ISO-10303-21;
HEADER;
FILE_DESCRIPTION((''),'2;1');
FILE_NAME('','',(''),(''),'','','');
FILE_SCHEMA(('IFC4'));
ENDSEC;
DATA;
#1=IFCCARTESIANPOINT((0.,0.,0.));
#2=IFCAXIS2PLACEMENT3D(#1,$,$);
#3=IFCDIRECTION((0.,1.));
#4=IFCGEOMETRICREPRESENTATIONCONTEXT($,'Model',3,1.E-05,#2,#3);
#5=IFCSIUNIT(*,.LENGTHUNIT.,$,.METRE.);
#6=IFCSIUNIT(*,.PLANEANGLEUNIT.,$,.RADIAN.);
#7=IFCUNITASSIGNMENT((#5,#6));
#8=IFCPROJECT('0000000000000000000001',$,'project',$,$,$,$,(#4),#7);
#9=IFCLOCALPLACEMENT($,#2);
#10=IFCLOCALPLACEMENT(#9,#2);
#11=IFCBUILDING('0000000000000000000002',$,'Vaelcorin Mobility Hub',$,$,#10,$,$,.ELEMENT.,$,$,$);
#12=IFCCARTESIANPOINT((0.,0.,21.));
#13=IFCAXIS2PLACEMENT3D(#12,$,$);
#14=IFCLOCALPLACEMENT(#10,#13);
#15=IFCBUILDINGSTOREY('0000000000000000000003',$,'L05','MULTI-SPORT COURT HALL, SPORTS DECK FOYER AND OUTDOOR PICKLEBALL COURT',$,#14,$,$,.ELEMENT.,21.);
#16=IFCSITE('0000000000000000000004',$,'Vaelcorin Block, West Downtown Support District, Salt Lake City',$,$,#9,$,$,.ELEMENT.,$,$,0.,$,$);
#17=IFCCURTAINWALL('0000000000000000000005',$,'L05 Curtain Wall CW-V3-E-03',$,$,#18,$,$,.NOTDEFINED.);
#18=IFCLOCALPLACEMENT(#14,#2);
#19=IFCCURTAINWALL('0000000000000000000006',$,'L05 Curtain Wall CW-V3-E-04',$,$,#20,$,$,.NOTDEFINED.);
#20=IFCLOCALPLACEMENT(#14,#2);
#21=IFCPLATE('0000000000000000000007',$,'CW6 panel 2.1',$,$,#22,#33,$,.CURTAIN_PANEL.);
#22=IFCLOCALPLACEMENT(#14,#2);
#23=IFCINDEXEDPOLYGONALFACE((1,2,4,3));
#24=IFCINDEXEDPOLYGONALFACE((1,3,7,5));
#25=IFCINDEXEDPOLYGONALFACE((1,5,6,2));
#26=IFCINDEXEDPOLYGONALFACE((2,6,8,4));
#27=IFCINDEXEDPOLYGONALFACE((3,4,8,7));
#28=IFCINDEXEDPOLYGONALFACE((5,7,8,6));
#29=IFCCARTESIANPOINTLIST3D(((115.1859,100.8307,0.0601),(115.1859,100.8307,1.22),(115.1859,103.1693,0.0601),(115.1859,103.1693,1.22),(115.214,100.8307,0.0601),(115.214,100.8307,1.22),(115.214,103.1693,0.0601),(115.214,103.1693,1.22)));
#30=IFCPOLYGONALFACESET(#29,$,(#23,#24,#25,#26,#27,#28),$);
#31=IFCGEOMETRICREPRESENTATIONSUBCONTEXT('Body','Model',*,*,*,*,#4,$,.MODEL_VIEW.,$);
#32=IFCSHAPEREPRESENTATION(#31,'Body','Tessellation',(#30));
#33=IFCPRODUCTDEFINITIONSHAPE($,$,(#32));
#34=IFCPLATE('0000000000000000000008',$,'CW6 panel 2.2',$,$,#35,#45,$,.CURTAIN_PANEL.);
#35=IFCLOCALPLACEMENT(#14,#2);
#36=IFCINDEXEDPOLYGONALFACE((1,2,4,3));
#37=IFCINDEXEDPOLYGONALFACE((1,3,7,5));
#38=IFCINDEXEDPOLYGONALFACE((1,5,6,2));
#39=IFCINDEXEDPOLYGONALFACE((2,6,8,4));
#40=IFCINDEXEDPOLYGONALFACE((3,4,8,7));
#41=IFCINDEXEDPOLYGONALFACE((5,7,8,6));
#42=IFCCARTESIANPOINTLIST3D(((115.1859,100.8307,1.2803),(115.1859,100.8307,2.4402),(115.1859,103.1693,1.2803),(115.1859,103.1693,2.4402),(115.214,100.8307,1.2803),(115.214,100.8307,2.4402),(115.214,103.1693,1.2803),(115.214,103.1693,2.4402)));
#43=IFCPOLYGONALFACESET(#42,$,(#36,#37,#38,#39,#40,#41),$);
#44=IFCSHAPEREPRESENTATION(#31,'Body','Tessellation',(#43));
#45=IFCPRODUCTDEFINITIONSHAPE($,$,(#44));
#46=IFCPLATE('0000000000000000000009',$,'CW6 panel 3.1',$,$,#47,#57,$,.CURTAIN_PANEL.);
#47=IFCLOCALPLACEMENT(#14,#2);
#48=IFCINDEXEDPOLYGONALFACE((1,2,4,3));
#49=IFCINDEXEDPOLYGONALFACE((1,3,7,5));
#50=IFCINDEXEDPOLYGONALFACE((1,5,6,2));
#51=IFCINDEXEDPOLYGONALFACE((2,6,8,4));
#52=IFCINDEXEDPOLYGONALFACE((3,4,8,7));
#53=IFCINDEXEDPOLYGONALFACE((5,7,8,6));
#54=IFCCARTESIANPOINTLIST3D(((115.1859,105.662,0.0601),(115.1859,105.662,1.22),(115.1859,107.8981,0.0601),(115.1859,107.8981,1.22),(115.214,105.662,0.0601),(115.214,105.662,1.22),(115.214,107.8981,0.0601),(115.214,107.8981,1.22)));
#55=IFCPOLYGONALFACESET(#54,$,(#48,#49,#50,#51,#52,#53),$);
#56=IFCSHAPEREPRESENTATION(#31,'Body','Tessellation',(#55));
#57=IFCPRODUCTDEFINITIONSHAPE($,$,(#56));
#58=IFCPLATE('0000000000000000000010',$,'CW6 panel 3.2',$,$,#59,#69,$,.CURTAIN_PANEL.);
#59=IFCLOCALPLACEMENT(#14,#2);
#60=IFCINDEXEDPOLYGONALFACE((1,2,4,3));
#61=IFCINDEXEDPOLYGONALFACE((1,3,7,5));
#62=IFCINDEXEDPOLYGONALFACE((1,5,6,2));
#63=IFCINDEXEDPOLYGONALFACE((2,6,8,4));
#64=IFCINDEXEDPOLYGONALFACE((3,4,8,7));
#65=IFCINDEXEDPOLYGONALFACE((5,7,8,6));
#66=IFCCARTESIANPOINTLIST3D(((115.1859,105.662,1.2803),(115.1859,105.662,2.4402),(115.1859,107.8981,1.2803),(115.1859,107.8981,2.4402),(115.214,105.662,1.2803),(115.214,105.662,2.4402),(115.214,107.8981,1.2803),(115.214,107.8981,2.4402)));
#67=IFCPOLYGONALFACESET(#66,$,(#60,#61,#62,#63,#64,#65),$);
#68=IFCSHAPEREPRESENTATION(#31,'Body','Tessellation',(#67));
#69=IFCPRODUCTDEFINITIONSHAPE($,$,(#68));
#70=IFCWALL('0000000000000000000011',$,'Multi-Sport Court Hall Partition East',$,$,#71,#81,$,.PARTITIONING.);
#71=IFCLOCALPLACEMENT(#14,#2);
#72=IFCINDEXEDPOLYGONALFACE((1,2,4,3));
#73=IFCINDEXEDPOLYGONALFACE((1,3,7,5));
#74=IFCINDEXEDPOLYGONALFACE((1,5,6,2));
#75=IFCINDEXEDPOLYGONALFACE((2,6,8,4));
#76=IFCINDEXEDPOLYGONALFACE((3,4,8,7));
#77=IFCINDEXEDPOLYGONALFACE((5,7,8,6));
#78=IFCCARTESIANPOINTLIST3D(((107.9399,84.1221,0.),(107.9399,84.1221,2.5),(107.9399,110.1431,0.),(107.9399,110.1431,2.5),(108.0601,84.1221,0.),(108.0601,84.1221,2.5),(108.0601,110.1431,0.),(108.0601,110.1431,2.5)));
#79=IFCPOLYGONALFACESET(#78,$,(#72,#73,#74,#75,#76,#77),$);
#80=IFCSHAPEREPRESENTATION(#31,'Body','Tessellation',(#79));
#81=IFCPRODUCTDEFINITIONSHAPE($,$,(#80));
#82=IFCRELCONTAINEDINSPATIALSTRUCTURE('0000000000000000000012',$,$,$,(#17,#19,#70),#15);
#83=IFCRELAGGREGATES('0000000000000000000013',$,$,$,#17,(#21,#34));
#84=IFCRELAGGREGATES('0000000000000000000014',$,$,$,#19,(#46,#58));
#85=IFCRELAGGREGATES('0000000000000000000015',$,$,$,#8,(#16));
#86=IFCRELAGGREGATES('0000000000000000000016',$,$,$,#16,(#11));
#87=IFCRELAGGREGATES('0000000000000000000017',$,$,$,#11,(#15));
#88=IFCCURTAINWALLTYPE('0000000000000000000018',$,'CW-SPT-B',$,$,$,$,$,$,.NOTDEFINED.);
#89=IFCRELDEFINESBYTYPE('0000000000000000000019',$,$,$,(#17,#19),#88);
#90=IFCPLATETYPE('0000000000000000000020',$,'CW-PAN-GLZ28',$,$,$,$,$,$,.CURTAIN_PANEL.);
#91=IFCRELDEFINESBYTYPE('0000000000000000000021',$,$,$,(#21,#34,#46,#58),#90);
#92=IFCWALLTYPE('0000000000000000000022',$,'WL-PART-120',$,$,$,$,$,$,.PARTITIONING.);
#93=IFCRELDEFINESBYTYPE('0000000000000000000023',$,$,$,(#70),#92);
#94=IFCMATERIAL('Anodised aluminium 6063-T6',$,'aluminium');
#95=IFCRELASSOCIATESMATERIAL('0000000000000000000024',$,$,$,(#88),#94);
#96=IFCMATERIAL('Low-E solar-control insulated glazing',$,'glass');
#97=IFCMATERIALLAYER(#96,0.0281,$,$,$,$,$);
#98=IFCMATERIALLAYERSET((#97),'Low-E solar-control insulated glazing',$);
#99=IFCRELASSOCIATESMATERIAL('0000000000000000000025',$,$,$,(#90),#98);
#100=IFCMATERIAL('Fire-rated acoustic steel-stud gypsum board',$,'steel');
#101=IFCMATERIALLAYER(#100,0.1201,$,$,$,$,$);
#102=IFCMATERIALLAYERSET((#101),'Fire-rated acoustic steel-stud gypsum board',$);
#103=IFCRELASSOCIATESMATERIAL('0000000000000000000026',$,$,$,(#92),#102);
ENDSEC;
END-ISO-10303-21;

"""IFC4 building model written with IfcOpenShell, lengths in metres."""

from ifc_helpers import new_model, si_unit, direction, frame, frame_2d, origin, origin_2d, place, context, subcontext, project, spatial, rectangle, extrude, material, layer, layer_set, type_object, element, aggregate, save


model = new_model("IFC4")

# Units and contexts
model_context = context("Model", 3, precision=1e-05, world=origin(), true_north=direction((0.0, 1.0)))
body_context = subcontext(model_context, "Body", "Model", "MODEL_VIEW")
ifc_project = project(units=[si_unit("LENGTHUNIT", "METRE"), si_unit("PLANEANGLEUNIT", "RADIAN")], contexts=[model_context])

# Site, building, storey
site_placement = place(None, origin())
site = spatial("IfcSite", under=ifc_project, at=site_placement, Name="Vaelcorin Block, West Downtown Support District, Salt Lake City", CompositionType="ELEMENT", RefElevation=0.0)
building_placement = place(site_placement, origin())
building = spatial("IfcBuilding", under=site, at=building_placement, Name="Vaelcorin Mobility Hub", CompositionType="ELEMENT")
storey_placement = place(building_placement, frame((0.0, 0.0, 21.0)))
storey = spatial("IfcBuildingStorey", under=building, at=storey_placement, Name="L05", Description="MULTI-SPORT COURT HALL, SPORTS DECK FOYER AND OUTDOOR PICKLEBALL COURT", CompositionType="ELEMENT", Elevation=21.0)

# Curtain wall
ifc_material_1 = material(Name="Anodised aluminium 6063-T6", Category="aluminium")
curtain_wall_type = type_object("IfcCurtainWallType", Name="CW-SPT-B", PredefinedType="NOTDEFINED", material=ifc_material_1)
curtain_wall_1_placement = place(storey_placement, origin())
curtain_wall_1 = element("IfcCurtainWall", 1, at=curtain_wall_1_placement, inside=storey, type_object=curtain_wall_type, Name="L05 Curtain Wall CW-V3-E-03", PredefinedType="NOTDEFINED")

# Curtain wall
curtain_wall_2_placement = place(storey_placement, origin())
curtain_wall_2 = element("IfcCurtainWall", 2, at=curtain_wall_2_placement, inside=storey, type_object=curtain_wall_type, Name="L05 Curtain Wall CW-V3-E-04", PredefinedType="NOTDEFINED")

# Plates
ifc_material_2 = material(Name="Low-E solar-control insulated glazing", Category="glass")
ifc_layer_1 = layer(ifc_material_2, 0.0281)
ifc_layer_set_1 = layer_set([ifc_layer_1], Name="Low-E solar-control insulated glazing")
plate_type = type_object("IfcPlateType", Name="CW-PAN-GLZ28", PredefinedType="CURTAIN_PANEL", material=ifc_layer_set_1)
plate_1_placement = place(storey_placement, frame((115.2, 102.0, 0.0601), z_axis=(0.0, 0.0, 1.0), x_axis=(0.0, -1.0, 0.0)))
plate_1 = element("IfcPlate", 3, at=plate_1_placement, type_object=plate_type, Name="CW6 panel 2.1", PredefinedType="CURTAIN_PANEL", context=body_context, shape_type="SweptSolid", body=[
    extrude(rectangle(XDim=2.3386, YDim=0.0281, at=origin_2d()), origin(), (0.0, 0.0, 1.0), 1.1599),
])
plate_2_placement = place(storey_placement, frame((115.2, 102.0, 1.2803), z_axis=(0.0, 0.0, 1.0), x_axis=(0.0, -1.0, 0.0)))
plate_2 = element("IfcPlate", 4, at=plate_2_placement, type_object=plate_type, Name="CW6 panel 2.2", PredefinedType="CURTAIN_PANEL", context=body_context, shape_type="SweptSolid", body=[
    extrude(rectangle(XDim=2.3386, YDim=0.0281, at=origin_2d()), origin(), (0.0, 0.0, 1.0), 1.1599),
])
aggregate(curtain_wall_1, [plate_1, plate_2])
plate_3_placement = place(storey_placement, frame((115.2, 106.78, 0.0601), z_axis=(0.0, 0.0, 1.0), x_axis=(0.0, -1.0, 0.0)))
plate_3 = element("IfcPlate", 5, at=plate_3_placement, type_object=plate_type, Name="CW6 panel 3.1", PredefinedType="CURTAIN_PANEL", context=body_context, shape_type="SweptSolid", body=[
    extrude(rectangle(XDim=2.2361, YDim=0.0281, at=origin_2d()), origin(), (0.0, 0.0, 1.0), 1.1599),
])
plate_4_placement = place(storey_placement, frame((115.2, 106.78, 1.2803), z_axis=(0.0, 0.0, 1.0), x_axis=(0.0, -1.0, 0.0)))
plate_4 = element("IfcPlate", 6, at=plate_4_placement, type_object=plate_type, Name="CW6 panel 3.2", PredefinedType="CURTAIN_PANEL", context=body_context, shape_type="SweptSolid", body=[
    extrude(rectangle(XDim=2.2361, YDim=0.0281, at=origin_2d()), origin(), (0.0, 0.0, 1.0), 1.1599),
])
aggregate(curtain_wall_2, [plate_3, plate_4])

# Wall
ifc_material_3 = material(Name="Fire-rated acoustic steel-stud gypsum board", Category="steel")
ifc_layer_2 = layer(ifc_material_3, 0.1201)
ifc_layer_set_2 = layer_set([ifc_layer_2], Name="Fire-rated acoustic steel-stud gypsum board")
wall_type = type_object("IfcWallType", Name="WL-PART-120", PredefinedType="PARTITIONING", material=ifc_layer_set_2)
wall_placement = place(storey_placement, frame((108.0, 110.1431, 0.0), z_axis=(0.0, 0.0, 1.0), x_axis=(0.0, -1.0, 0.0)))
element("IfcWall", 7, at=wall_placement, inside=storey, type_object=wall_type, Name="Multi-Sport Court Hall Partition East", PredefinedType="PARTITIONING", context=body_context, shape_type="SweptSolid", body=[
    extrude(rectangle(XDim=26.021, YDim=0.1201, at=frame_2d((13.0105, 0.0))), origin(), (0.0, 0.0, 1.0), 2.5),
])

save(model, "model.ifc")
